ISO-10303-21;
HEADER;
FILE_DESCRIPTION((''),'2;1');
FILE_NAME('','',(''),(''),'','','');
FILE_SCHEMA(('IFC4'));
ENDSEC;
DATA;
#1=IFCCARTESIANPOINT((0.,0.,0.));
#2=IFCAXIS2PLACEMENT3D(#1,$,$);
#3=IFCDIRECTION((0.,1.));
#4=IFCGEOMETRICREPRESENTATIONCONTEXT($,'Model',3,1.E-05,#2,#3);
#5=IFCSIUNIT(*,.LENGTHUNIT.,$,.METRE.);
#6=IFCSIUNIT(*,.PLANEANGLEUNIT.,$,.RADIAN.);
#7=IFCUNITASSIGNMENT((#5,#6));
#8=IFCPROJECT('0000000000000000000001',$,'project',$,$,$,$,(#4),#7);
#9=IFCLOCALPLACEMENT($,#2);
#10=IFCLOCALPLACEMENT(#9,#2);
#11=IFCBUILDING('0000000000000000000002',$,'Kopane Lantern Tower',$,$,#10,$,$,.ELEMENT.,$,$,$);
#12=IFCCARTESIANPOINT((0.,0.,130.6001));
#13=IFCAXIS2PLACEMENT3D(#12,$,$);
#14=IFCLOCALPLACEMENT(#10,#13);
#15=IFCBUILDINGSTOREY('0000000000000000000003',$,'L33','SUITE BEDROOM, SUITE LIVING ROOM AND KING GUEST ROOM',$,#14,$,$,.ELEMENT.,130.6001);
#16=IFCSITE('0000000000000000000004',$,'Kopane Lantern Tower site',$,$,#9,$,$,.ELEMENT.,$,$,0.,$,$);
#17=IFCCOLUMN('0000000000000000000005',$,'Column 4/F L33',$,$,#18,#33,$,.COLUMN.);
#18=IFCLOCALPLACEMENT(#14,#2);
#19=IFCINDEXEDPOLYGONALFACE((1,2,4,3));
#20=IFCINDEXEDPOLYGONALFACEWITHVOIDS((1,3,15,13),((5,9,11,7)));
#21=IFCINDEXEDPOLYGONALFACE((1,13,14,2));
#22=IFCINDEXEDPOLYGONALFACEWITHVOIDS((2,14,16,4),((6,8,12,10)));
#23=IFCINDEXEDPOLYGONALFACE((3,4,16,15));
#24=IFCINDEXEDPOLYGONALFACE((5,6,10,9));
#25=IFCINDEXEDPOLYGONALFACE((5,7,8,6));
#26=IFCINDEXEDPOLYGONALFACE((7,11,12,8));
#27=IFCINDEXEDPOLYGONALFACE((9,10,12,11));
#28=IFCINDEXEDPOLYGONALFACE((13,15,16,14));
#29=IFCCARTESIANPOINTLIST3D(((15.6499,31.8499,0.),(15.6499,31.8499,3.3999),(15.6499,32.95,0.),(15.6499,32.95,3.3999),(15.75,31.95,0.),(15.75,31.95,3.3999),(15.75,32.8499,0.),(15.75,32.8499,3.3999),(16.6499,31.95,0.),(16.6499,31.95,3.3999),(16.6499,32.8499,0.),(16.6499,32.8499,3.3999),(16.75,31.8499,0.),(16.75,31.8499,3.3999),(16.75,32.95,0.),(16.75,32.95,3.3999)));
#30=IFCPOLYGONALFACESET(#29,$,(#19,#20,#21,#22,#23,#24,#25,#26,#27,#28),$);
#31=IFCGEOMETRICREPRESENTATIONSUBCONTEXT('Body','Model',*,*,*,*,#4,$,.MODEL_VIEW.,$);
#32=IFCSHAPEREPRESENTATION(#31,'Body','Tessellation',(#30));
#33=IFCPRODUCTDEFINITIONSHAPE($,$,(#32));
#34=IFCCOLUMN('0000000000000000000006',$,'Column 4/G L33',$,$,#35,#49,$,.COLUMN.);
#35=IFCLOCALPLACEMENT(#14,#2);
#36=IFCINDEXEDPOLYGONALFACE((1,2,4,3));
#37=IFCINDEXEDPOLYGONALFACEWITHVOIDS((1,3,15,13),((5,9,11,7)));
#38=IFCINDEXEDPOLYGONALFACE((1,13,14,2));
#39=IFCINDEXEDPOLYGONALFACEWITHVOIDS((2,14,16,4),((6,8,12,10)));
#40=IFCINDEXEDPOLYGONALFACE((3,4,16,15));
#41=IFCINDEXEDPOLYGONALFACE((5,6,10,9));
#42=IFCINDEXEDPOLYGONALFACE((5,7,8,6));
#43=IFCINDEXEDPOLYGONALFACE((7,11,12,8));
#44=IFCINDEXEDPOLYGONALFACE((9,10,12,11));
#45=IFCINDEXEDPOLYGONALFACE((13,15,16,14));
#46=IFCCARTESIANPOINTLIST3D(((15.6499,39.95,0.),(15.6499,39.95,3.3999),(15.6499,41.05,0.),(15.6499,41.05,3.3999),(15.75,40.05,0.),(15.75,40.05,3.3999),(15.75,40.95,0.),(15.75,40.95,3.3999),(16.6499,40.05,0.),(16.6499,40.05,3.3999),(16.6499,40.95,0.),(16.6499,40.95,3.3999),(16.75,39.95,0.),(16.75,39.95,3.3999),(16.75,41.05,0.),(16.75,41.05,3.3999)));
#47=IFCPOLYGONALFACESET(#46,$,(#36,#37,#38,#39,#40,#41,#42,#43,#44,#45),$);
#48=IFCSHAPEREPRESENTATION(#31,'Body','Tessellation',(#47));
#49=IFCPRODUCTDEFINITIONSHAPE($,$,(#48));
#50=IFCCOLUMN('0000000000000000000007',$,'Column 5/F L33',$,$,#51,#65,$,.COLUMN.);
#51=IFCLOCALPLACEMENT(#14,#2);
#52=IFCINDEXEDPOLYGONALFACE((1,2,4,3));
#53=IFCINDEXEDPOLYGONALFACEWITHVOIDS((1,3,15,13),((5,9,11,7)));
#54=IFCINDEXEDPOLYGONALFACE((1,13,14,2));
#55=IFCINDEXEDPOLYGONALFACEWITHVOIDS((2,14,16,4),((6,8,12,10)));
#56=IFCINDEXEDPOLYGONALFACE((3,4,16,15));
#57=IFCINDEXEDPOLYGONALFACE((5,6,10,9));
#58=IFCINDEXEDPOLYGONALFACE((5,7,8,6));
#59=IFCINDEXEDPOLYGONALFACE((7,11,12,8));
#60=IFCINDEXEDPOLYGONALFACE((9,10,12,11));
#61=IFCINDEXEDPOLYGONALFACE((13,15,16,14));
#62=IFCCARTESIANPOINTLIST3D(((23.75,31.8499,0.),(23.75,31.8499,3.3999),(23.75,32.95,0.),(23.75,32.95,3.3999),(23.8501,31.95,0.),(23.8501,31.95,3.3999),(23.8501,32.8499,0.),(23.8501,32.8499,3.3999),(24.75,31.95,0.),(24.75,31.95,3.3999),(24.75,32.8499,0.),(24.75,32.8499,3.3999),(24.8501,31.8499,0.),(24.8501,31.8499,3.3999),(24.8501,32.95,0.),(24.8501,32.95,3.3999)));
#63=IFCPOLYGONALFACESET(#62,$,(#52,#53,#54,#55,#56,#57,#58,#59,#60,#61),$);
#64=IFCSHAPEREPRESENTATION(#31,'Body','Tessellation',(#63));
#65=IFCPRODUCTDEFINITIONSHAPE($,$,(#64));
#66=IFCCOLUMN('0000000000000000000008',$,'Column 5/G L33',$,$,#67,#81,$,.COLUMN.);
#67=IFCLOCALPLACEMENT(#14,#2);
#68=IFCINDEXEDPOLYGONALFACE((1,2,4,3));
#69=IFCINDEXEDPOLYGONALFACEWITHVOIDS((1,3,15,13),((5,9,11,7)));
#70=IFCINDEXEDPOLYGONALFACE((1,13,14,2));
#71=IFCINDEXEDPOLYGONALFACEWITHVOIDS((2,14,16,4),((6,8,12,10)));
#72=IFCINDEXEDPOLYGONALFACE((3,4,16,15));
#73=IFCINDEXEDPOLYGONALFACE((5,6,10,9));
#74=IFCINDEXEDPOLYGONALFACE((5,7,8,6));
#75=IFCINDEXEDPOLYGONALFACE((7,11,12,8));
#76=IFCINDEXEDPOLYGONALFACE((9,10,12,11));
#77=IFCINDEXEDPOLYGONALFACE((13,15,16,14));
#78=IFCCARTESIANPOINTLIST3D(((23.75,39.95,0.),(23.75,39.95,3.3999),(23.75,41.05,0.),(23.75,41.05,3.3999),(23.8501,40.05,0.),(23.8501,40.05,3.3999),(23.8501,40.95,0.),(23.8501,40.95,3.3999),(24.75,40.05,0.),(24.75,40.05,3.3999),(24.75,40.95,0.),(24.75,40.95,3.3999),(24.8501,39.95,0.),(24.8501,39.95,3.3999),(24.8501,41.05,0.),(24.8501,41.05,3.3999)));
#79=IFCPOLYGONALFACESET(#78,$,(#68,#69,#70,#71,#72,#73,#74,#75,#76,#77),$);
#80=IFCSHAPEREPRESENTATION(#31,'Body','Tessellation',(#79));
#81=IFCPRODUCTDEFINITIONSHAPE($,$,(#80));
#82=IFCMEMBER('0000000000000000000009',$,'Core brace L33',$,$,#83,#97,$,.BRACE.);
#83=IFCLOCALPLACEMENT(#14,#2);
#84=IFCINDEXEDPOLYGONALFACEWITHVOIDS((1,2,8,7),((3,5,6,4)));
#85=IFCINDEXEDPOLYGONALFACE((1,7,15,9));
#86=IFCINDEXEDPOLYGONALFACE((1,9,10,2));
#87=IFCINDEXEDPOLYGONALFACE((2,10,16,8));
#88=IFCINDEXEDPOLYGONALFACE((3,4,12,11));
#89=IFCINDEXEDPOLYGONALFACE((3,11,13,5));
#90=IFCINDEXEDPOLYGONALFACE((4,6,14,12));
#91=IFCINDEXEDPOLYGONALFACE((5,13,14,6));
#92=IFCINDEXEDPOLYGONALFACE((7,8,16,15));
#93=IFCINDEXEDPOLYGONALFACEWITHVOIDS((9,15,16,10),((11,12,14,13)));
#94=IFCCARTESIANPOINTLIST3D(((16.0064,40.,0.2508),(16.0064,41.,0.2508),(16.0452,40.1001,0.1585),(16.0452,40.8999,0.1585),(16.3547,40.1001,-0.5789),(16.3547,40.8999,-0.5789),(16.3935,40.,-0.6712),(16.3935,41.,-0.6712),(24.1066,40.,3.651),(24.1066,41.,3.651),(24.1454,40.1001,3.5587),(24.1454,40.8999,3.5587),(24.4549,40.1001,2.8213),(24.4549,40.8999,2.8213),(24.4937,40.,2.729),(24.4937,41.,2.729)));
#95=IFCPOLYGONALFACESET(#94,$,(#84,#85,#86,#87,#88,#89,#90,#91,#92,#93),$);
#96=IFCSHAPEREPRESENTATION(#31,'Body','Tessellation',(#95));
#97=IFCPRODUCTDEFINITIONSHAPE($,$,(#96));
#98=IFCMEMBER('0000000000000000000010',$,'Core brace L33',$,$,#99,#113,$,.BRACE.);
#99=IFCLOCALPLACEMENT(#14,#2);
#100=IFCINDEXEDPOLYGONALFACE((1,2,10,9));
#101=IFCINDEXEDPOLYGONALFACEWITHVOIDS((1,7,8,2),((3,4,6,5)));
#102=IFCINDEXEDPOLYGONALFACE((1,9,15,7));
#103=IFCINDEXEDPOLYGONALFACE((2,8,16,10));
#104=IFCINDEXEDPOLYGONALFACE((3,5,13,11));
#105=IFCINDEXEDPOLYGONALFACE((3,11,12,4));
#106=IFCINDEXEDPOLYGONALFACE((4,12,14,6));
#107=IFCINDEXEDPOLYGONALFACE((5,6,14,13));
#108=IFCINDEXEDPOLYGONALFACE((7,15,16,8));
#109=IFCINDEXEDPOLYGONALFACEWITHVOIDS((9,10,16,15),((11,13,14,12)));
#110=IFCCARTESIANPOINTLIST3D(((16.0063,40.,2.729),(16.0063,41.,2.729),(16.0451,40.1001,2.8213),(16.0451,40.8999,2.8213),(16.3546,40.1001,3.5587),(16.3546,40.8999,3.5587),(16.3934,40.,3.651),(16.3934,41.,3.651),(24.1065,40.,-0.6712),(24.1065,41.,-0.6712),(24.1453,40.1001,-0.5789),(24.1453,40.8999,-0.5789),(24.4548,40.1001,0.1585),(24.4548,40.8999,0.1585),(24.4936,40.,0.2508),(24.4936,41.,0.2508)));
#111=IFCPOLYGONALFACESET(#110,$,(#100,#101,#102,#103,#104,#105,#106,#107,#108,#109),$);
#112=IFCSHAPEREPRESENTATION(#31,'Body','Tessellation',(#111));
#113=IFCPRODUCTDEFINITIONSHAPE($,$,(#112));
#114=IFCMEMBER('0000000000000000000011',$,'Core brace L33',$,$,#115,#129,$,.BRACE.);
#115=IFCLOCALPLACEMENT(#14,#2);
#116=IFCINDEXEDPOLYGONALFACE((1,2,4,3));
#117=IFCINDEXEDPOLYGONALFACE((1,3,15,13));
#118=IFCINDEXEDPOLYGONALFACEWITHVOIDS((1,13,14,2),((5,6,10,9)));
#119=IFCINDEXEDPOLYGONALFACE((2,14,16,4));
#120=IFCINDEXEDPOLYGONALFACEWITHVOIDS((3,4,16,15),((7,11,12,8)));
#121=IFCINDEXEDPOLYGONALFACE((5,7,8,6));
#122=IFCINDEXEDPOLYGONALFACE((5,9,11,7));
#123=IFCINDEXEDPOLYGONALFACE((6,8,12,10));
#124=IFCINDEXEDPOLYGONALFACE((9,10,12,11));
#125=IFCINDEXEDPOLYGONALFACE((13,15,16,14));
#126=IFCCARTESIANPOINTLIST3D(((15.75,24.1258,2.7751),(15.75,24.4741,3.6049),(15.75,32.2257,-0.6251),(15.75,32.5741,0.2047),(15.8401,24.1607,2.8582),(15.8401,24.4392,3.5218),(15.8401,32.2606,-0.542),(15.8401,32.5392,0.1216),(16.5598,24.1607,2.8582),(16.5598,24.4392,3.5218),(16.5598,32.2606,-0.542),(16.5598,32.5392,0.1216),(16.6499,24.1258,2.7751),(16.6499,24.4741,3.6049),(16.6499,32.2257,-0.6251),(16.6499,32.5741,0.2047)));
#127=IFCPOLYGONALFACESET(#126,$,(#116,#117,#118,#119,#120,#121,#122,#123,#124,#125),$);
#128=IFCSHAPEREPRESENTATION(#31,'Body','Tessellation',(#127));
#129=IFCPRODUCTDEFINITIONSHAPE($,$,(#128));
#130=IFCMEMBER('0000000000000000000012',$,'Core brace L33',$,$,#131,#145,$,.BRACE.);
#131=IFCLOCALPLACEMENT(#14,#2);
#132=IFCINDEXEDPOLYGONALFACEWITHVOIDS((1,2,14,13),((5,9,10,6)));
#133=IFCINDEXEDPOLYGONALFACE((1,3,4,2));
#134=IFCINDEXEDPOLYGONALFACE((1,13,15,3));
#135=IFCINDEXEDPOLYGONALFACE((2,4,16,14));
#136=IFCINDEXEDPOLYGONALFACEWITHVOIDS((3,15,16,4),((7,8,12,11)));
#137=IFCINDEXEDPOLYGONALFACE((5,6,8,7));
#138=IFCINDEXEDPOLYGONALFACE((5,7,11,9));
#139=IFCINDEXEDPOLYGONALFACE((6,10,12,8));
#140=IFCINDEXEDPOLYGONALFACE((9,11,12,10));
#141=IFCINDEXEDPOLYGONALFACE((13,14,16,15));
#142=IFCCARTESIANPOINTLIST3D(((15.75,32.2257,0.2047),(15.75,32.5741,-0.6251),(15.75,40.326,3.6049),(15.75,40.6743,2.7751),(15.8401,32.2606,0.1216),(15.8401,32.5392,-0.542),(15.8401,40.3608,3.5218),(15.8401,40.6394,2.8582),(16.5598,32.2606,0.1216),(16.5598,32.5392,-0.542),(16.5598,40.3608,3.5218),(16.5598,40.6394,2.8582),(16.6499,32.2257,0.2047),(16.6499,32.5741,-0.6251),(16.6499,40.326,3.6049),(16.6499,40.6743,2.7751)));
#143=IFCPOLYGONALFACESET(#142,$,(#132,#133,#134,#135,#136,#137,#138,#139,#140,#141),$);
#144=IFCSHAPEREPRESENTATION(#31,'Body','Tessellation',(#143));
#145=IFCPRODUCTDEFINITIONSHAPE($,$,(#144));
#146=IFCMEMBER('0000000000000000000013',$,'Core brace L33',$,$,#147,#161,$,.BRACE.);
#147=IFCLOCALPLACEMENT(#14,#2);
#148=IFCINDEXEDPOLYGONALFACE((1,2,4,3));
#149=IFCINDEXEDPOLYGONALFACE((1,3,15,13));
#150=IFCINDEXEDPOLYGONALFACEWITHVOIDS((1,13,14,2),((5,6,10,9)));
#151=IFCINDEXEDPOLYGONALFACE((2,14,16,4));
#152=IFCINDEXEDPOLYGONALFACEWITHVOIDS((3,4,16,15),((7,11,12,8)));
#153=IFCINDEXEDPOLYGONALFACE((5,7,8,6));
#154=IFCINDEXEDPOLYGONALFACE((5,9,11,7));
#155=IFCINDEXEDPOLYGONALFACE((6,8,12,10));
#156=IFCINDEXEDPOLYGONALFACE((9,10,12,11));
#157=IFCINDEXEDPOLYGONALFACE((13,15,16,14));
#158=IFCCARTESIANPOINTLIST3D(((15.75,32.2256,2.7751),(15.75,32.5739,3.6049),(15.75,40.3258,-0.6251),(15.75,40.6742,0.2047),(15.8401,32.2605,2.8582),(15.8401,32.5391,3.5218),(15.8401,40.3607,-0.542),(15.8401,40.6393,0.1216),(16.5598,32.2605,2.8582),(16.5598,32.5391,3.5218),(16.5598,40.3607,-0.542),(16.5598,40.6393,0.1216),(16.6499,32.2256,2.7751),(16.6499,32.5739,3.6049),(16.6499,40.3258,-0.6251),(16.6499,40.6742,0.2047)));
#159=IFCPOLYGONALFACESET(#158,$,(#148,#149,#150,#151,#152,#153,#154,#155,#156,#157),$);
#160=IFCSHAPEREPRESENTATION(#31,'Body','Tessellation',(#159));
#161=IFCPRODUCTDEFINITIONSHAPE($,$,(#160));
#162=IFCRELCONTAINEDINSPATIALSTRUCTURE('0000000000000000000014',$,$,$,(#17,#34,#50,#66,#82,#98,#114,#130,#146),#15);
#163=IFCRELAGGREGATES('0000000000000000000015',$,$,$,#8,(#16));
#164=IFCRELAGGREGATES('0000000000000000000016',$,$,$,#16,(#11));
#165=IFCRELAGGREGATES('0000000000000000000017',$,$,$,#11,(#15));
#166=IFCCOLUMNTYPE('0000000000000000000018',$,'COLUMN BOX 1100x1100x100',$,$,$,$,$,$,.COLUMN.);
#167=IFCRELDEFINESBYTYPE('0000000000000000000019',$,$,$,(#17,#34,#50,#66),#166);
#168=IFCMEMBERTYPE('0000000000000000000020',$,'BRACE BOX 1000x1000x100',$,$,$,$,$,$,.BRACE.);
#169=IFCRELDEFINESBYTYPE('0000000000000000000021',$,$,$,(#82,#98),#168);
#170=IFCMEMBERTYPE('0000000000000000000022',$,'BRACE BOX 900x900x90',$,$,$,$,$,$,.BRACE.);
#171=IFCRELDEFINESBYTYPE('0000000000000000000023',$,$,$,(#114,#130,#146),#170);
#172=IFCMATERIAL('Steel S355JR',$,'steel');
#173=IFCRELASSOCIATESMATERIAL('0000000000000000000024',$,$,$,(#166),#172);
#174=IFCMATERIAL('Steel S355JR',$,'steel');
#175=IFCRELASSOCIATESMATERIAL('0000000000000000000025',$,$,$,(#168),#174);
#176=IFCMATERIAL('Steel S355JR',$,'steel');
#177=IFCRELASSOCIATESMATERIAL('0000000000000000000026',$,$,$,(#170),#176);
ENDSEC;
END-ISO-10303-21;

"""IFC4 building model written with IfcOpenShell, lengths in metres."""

from ifc_helpers import new_model, si_unit, direction, frame, origin, origin_2d, place, context, subcontext, project, spatial, hollow_rectangle, extrude, material, material_profile, profile_set, type_object, element, save


model = new_model("IFC4")

# Units and contexts
model_context = context("Model", 3, precision=1e-05, world=origin(), true_north=direction((0.0, 1.0)))
body_context = subcontext(model_context, "Body", "Model", "MODEL_VIEW")
ifc_project = project(units=[si_unit("LENGTHUNIT", "METRE"), si_unit("PLANEANGLEUNIT", "RADIAN")], contexts=[model_context])

# Site, building, storey
site_placement = place(None, origin())
site = spatial("IfcSite", under=ifc_project, at=site_placement, Name="Kopane Lantern Tower site", CompositionType="ELEMENT", RefElevation=0.0)
building_placement = place(site_placement, origin())
building = spatial("IfcBuilding", under=site, at=building_placement, Name="Kopane Lantern Tower", CompositionType="ELEMENT")
storey_placement = place(building_placement, frame((0.0, 0.0, 130.6001)))
storey = spatial("IfcBuildingStorey", under=building, at=storey_placement, Name="L33", Description="SUITE BEDROOM, SUITE LIVING ROOM AND KING GUEST ROOM", CompositionType="ELEMENT", Elevation=130.6001)

# Columns
ifc_material_1 = material(Name="Steel S355JR", Category="steel")
ifc_material_profile_1 = material_profile(ifc_material_1, hollow_rectangle(XDim=1.1001, YDim=1.1001, WallThickness=0.1001, at=origin_2d()), Name="BOX 1100x1100x100")
ifc_profile_set_1 = profile_set([ifc_material_profile_1], Name="Steel S355JR")
column_type = type_object("IfcColumnType", Name="COLUMN BOX 1100x1100x100", PredefinedType="COLUMN", material=ifc_profile_set_1)
for number, where, z_axis, x_axis, name in (
    (1, (16.2, 32.3999, 0.0), (0.0, 0.0, 1.0), (1.0, 0.0, 0.0), "Column 4/F L33"),
    (2, (16.2, 40.5, 0.0), (0.0, 0.0, 1.0), (1.0, 0.0, 0.0), "Column 4/G L33"),
    (3, (24.3, 32.3999, 0.0), (0.0, 0.0, 1.0), (1.0, 0.0, 0.0), "Column 5/F L33"),
    (4, (24.3, 40.5, 0.0), (0.0, 0.0, 1.0), (1.0, 0.0, 0.0), "Column 5/G L33"),
):
    element("IfcColumn", number, at=place(storey_placement, frame(where, z_axis=z_axis, x_axis=x_axis)), inside=storey, type_object=column_type, Name=name, PredefinedType="COLUMN", context=body_context, shape_type="SweptSolid", body=[
        extrude(hollow_rectangle(XDim=1.1001, YDim=1.1001, WallThickness=0.1001, at=origin_2d()), origin(), (0.0, 0.0, 1.0), 3.3999),
    ])

# Members
ifc_material_2 = material(Name="Steel S355JR", Category="steel")
ifc_material_profile_2 = material_profile(ifc_material_2, hollow_rectangle(XDim=1.0, YDim=1.0, WallThickness=0.1001, at=origin_2d()), Name="BOX 1000x1000x100")
ifc_profile_set_2 = profile_set([ifc_material_profile_2], Name="Steel S355JR")
member_type_1 = type_object("IfcMemberType", Name="BRACE BOX 1000x1000x100", PredefinedType="BRACE", material=ifc_profile_set_2)
for number, where, z_axis, x_axis, name in (
    (5, (16.2, 40.5, -0.2102), (0.922059, 0.0, 0.387049), (0.0, 1.0, 0.0), "Core brace L33"),
    (6, (24.3, 40.5, -0.2102), (-0.922059, 0.0, 0.387049), (0.0, -1.0, 0.0), "Core brace L33"),
):
    element("IfcMember", number, at=place(storey_placement, frame(where, z_axis=z_axis, x_axis=x_axis)), inside=storey, type_object=member_type_1, Name=name, PredefinedType="BRACE", context=body_context, shape_type="SweptSolid", body=[
        extrude(hollow_rectangle(XDim=1.0, YDim=1.0, WallThickness=0.1001, at=origin_2d()), origin(), (0.0, 0.0, 1.0), 8.7849),
    ])
ifc_material_3 = material(Name="Steel S355JR", Category="steel")
ifc_material_profile_3 = material_profile(ifc_material_3, hollow_rectangle(XDim=0.8999, YDim=0.8999, WallThickness=0.0901, at=origin_2d()), Name="BOX 900x900x90")
ifc_profile_set_3 = profile_set([ifc_material_profile_3], Name="Steel S355JR")
member_type_2 = type_object("IfcMemberType", Name="BRACE BOX 900x900x90", PredefinedType="BRACE", material=ifc_profile_set_3)
member_placement = place(storey_placement, frame((16.2, 32.3999, -0.2102), z_axis=(0.0, -0.922055, 0.387059), x_axis=(1.0, 0.0, 0.0)))
element("IfcMember", 7, at=member_placement, inside=storey, type_object=member_type_2, Name="Core brace L33", PredefinedType="BRACE", context=body_context, shape_type="SweptSolid", body=[
    extrude(hollow_rectangle(XDim=0.8999, YDim=0.8999, WallThickness=0.0901, at=origin_2d()), origin(), (0.0, 0.0, 1.0), 8.7847),
])
for number, where, z_axis, x_axis, name in (
    (8, (16.2, 32.3999, -0.2102), (0.0, 0.922059, 0.387049), (-1.0, 0.0, 0.0), "Core brace L33"),
    (9, (16.2, 40.5, -0.2102), (0.0, -0.922059, 0.387049), (1.0, 0.0, 0.0), "Core brace L33"),
):
    element("IfcMember", number, at=place(storey_placement, frame(where, z_axis=z_axis, x_axis=x_axis)), inside=storey, type_object=member_type_2, Name=name, PredefinedType="BRACE", context=body_context, shape_type="SweptSolid", body=[
        extrude(hollow_rectangle(XDim=0.8999, YDim=0.8999, WallThickness=0.0901, at=origin_2d()), origin(), (0.0, 0.0, 1.0), 8.7849),
    ])

save(model, "model.ifc")
